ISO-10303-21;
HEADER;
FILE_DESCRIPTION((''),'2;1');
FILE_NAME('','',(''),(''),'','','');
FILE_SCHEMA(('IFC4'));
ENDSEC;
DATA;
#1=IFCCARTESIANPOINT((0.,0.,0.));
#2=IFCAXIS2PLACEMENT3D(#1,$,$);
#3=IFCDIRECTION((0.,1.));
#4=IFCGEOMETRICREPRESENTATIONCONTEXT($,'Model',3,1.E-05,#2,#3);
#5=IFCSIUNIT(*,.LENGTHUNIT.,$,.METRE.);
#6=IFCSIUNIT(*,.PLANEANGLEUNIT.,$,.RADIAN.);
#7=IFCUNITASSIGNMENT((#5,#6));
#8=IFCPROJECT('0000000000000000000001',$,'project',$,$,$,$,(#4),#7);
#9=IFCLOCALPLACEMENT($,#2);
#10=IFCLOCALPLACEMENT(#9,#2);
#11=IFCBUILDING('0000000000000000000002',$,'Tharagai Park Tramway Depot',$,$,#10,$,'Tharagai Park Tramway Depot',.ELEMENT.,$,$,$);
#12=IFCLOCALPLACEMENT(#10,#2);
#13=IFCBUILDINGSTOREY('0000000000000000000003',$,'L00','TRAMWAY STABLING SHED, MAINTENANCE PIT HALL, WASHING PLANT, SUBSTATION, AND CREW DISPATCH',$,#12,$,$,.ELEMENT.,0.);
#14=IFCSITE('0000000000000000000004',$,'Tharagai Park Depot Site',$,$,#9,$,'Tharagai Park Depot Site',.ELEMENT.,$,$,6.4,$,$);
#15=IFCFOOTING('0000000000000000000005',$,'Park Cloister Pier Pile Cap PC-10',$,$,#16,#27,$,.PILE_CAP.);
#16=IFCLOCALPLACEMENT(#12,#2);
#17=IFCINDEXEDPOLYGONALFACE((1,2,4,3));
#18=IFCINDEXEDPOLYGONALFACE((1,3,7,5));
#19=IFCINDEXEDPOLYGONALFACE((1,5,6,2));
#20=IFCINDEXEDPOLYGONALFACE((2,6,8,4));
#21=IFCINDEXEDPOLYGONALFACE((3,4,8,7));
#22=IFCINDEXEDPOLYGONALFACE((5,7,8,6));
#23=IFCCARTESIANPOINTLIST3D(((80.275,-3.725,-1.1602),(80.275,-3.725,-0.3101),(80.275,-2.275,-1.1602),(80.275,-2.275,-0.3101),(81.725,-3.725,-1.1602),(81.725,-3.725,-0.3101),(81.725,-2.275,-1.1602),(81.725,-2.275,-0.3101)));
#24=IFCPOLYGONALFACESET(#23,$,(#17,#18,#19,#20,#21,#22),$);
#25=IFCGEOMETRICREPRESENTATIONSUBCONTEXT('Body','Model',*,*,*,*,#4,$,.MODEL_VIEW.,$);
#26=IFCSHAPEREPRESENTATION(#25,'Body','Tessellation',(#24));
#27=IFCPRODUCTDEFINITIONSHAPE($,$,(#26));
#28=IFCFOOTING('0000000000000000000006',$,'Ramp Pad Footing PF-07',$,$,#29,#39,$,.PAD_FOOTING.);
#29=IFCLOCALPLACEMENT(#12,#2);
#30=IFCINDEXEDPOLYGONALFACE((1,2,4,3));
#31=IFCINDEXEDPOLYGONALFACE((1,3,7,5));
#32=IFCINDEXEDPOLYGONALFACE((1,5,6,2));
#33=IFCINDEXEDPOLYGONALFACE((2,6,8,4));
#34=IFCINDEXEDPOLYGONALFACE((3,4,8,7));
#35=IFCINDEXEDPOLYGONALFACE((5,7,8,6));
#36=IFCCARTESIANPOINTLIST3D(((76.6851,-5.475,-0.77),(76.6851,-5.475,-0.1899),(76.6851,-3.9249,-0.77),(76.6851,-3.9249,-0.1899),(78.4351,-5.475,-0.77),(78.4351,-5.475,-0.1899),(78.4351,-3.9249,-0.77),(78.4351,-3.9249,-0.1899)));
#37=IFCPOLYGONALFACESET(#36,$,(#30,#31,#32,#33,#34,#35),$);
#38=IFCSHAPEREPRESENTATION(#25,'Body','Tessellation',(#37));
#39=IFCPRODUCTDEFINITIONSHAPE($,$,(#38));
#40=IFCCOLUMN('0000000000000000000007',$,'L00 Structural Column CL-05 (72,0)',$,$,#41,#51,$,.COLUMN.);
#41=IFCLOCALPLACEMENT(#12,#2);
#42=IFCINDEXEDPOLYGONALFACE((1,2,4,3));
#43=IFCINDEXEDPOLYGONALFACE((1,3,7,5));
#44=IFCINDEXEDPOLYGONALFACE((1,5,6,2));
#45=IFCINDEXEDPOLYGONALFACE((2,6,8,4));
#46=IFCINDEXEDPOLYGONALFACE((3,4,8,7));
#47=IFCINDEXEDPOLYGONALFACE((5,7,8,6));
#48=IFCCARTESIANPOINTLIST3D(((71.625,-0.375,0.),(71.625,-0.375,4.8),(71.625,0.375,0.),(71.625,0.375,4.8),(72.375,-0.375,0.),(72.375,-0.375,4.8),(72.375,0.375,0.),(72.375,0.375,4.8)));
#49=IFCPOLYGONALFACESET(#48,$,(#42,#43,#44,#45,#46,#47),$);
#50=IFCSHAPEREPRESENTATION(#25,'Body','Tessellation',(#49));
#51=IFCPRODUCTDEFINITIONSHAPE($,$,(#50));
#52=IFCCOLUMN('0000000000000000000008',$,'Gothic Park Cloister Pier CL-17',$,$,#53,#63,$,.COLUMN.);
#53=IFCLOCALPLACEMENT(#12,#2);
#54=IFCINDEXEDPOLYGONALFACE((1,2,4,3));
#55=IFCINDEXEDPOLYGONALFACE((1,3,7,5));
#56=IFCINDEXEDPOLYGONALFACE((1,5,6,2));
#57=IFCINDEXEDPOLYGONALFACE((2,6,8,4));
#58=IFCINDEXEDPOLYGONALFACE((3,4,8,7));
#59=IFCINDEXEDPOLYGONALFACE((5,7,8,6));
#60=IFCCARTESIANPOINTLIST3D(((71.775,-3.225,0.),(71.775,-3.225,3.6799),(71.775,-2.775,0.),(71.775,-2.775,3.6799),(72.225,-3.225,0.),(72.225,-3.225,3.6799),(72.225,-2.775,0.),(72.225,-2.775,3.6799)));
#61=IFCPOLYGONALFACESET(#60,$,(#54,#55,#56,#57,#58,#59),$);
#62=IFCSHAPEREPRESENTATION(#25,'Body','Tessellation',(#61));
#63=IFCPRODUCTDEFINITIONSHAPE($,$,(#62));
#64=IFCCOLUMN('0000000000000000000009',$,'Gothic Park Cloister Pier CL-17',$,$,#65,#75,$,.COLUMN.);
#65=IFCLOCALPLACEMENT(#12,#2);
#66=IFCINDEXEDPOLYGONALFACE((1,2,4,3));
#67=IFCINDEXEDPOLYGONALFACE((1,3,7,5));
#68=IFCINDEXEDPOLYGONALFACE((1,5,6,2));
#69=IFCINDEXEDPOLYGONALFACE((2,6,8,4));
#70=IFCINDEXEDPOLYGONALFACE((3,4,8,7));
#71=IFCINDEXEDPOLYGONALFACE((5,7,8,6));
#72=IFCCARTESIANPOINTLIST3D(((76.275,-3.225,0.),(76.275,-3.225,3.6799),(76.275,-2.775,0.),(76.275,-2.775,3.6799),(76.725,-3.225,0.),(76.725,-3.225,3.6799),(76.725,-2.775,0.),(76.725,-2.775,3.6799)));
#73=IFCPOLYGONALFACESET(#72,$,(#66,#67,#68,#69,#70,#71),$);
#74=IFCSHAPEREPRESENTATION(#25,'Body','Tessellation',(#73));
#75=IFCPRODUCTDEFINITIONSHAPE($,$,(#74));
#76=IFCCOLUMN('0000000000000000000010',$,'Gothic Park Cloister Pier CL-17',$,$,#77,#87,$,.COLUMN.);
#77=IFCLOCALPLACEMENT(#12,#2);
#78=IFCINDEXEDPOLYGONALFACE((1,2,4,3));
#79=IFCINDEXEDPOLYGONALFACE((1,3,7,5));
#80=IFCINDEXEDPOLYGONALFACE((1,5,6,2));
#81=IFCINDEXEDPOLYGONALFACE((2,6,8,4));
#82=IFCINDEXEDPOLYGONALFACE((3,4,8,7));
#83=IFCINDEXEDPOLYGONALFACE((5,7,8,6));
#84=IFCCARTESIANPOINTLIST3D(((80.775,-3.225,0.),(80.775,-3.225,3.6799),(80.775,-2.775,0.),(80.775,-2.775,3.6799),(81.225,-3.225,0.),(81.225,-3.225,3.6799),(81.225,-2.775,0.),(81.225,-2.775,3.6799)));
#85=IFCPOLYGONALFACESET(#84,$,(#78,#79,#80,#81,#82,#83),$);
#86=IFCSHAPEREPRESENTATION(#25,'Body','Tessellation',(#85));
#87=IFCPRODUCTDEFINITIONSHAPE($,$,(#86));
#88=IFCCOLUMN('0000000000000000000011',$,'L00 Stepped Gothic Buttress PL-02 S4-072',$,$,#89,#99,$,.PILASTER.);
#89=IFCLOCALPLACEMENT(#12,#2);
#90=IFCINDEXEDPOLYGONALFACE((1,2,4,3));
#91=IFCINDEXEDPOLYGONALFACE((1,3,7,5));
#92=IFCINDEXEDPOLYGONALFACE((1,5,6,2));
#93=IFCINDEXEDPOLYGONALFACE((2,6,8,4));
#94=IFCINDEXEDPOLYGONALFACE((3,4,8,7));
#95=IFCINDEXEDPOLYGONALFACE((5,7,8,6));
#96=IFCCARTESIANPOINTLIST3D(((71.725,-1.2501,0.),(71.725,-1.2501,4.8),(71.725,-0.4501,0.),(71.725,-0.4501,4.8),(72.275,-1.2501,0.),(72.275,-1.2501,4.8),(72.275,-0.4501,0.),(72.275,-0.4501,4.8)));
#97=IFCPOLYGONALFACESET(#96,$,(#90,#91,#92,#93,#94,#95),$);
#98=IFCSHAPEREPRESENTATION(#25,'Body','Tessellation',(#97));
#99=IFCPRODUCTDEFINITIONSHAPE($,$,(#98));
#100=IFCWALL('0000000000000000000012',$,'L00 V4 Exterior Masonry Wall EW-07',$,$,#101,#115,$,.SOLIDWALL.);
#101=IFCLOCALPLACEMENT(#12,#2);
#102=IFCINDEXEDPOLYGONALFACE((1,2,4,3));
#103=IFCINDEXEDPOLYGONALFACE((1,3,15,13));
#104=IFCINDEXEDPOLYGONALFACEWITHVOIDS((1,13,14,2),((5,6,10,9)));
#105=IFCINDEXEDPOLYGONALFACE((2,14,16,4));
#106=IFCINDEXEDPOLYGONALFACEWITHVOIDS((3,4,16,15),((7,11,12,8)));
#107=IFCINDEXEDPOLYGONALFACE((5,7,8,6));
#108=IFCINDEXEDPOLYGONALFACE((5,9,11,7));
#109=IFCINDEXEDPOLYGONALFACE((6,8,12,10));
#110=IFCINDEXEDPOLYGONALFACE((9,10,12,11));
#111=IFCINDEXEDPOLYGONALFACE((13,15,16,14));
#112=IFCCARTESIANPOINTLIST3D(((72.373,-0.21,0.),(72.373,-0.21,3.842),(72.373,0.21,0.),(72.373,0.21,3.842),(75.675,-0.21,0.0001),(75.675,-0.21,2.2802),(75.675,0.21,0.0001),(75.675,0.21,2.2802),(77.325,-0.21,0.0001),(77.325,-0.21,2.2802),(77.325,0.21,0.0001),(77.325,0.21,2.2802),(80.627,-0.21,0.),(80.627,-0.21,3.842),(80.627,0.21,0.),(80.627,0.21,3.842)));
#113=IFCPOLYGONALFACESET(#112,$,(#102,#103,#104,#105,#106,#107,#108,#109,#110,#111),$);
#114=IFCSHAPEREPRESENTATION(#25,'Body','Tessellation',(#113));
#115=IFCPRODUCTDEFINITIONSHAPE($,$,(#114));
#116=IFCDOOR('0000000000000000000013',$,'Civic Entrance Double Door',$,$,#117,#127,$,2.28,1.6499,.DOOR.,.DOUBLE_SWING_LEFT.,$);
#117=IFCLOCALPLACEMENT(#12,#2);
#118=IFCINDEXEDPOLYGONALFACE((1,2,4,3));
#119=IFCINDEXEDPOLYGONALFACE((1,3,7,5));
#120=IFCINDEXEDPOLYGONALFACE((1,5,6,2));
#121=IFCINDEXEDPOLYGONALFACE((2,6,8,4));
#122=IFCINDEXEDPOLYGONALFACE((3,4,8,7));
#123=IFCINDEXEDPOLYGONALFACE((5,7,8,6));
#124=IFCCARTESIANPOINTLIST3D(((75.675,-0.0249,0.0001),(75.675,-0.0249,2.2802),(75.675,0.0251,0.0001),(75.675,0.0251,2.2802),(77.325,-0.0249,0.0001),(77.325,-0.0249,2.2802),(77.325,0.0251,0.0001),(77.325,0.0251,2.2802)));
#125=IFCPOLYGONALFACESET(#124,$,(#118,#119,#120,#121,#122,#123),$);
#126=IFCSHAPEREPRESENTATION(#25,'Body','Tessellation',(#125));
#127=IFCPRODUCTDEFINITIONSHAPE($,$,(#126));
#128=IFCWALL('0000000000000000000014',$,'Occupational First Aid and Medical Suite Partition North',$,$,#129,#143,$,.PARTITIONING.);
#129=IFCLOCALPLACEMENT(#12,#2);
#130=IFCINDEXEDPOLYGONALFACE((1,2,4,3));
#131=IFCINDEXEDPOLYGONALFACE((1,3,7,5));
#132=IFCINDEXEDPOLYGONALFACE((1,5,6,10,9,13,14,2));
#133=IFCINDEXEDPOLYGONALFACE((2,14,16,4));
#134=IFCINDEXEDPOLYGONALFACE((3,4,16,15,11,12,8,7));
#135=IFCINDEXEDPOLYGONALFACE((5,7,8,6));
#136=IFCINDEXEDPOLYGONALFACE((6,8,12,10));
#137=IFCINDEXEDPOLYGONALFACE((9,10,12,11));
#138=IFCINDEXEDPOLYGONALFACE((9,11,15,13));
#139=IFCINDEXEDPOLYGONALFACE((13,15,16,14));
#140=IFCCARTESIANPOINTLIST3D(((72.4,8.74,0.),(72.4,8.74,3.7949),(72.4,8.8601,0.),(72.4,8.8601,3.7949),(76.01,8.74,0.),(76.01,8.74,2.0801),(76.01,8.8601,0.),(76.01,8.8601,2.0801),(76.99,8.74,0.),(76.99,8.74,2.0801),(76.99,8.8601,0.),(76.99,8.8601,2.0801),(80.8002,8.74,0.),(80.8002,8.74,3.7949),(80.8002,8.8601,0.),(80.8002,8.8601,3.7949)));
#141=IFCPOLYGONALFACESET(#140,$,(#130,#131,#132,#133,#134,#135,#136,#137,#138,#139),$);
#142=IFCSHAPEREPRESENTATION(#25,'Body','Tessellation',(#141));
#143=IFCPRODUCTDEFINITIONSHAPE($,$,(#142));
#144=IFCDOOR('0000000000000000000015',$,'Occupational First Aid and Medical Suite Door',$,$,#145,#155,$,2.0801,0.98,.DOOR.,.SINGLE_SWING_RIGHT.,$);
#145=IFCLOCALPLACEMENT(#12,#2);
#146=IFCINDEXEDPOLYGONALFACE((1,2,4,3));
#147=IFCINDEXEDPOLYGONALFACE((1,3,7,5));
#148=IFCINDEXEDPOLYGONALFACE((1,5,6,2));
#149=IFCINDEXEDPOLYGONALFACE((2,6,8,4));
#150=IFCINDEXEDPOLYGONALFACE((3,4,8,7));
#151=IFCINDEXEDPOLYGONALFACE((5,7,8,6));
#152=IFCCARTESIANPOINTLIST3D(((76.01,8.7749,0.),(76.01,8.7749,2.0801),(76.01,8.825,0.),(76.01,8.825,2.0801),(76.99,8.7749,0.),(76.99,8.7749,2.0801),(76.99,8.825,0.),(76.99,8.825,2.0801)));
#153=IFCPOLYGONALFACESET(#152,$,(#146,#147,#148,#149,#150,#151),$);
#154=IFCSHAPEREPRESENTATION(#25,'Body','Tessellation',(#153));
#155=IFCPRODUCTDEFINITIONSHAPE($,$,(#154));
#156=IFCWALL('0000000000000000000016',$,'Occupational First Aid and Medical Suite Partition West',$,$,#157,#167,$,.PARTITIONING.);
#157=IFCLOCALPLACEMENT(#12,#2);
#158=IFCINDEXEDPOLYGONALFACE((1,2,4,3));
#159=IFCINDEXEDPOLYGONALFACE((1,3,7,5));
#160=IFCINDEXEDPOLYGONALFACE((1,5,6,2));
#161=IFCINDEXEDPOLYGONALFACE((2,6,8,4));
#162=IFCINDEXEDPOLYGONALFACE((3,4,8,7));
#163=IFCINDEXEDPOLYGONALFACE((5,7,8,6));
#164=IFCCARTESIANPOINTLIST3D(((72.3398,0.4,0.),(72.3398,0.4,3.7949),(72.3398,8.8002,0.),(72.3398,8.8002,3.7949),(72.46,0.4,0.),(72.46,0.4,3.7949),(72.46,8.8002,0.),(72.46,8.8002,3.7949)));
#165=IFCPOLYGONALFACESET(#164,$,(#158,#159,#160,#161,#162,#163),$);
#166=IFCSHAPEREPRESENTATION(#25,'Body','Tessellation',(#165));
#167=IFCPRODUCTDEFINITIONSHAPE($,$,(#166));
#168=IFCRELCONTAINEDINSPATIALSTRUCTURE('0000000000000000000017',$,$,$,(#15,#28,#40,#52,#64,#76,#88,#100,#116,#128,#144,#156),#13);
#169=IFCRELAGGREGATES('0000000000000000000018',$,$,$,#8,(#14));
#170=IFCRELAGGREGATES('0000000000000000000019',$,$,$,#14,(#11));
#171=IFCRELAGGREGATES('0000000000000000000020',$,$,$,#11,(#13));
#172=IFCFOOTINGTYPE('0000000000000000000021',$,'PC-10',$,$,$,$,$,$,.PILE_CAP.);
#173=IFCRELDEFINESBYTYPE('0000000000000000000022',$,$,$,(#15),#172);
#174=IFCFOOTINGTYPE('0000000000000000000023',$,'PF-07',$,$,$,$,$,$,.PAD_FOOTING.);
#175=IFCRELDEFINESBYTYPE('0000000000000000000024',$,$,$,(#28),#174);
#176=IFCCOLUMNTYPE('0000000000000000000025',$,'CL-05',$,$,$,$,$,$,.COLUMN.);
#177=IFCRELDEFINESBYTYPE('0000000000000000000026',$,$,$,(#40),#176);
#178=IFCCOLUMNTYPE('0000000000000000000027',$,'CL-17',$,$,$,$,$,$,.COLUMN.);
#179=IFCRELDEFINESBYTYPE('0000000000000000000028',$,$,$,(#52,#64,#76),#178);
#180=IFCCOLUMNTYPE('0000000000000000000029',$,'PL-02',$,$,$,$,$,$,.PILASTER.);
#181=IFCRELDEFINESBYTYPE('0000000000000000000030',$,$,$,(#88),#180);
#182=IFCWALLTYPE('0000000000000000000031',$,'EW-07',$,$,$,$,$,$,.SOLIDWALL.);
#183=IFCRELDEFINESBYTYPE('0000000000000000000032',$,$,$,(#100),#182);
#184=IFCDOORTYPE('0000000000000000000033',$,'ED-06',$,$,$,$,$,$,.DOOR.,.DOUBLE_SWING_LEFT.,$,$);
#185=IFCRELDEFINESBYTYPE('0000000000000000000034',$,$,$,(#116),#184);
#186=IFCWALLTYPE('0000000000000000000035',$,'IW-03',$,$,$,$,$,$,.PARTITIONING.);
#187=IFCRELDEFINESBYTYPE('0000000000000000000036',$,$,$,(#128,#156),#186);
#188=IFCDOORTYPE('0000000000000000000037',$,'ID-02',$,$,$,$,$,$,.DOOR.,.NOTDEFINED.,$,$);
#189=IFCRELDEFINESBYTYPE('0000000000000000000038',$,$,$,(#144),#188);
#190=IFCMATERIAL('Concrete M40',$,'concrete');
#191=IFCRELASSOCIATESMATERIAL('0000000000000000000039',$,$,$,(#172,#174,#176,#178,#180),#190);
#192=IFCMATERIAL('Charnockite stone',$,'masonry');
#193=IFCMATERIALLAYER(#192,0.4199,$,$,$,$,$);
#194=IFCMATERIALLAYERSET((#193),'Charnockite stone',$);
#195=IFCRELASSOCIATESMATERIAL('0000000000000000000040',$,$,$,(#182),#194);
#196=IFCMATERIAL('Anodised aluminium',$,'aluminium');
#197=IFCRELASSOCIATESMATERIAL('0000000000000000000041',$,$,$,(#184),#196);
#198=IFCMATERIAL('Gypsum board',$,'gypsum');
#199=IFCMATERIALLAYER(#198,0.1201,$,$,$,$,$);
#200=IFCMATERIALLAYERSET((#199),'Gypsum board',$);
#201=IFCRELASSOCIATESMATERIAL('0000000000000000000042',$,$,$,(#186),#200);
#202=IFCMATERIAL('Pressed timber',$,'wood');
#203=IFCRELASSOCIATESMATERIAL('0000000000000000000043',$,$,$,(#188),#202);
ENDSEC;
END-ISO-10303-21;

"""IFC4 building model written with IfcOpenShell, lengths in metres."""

from ifc_helpers import new_model, si_unit, direction, frame, frame_2d, origin, origin_2d, place, context, subcontext, project, spatial, rectangle, extrude, material, layer, layer_set, material_profile, profile_set, type_object, element, fill, save


model = new_model("IFC4")

# Units and contexts
model_context = context("Model", 3, precision=1e-05, world=origin(), true_north=direction((0.0, 1.0)))
body_context = subcontext(model_context, "Body", "Model", "MODEL_VIEW")
ifc_project = project(units=[si_unit("LENGTHUNIT", "METRE"), si_unit("PLANEANGLEUNIT", "RADIAN")], contexts=[model_context])

# Site, building, storey
site_placement = place(None, origin())
site = spatial("IfcSite", under=ifc_project, at=site_placement, Name="Tharagai Park Depot Site", LongName="Tharagai Park Depot Site", CompositionType="ELEMENT", RefElevation=6.4)
building_placement = place(site_placement, origin())
building = spatial("IfcBuilding", under=site, at=building_placement, Name="Tharagai Park Tramway Depot", LongName="Tharagai Park Tramway Depot", CompositionType="ELEMENT")
storey_placement = place(building_placement, origin())
storey = spatial("IfcBuildingStorey", under=building, at=storey_placement, Name="L00", Description="TRAMWAY STABLING SHED, MAINTENANCE PIT HALL, WASHING PLANT, SUBSTATION, AND CREW DISPATCH", CompositionType="ELEMENT", Elevation=0.0)

# Shared definitions
ifc_material_1 = material(Name="Concrete M40", Category="concrete")

# Footings
footing_type_1 = type_object("IfcFootingType", Name="PC-10", PredefinedType="PILE_CAP", material=ifc_material_1)
for number, where, z_axis, x_axis, name in (
    (1, (81.0, -3.0, -1.1602), (0.0, 0.0, 1.0), (1.0, 0.0, 0.0), "Park Cloister Pier Pile Cap PC-10"),
):
    element("IfcFooting", number, at=place(storey_placement, frame(where, z_axis=z_axis, x_axis=x_axis)), inside=storey, type_object=footing_type_1, Name=name, PredefinedType="PILE_CAP", context=body_context, shape_type="SweptSolid", body=[
        extrude(rectangle(XDim=1.45, YDim=1.45, at=origin_2d()), origin(), (0.0, 0.0, 1.0), 0.8501),
    ])
footing_type_2 = type_object("IfcFootingType", Name="PF-07", PredefinedType="PAD_FOOTING", material=ifc_material_1)
footing_1_placement = place(storey_placement, frame((77.5601, -4.7, -0.77), z_axis=(0.0, 0.0, 1.0), x_axis=(1.0, 0.0, 0.0)))
element("IfcFooting", 2, at=footing_1_placement, inside=storey, type_object=footing_type_2, Name="Ramp Pad Footing PF-07", PredefinedType="PAD_FOOTING", context=body_context, shape_type="SweptSolid", body=[
    extrude(rectangle(XDim=1.75, YDim=1.55, at=origin_2d()), origin(), (0.0, 0.0, 1.0), 0.5801),
])

# Columns
ifc_material_profile_1 = material_profile(ifc_material_1, rectangle(XDim=0.75, YDim=0.75, at=origin_2d()), Name="RC 750x750")
ifc_profile_set_1 = profile_set([ifc_material_profile_1], Name="Concrete M40")
column_type_1 = type_object("IfcColumnType", Name="CL-05", PredefinedType="COLUMN", material=ifc_profile_set_1)
column_1_placement = place(storey_placement, frame((72.0, 0.0, 0.0), z_axis=(0.0, 0.0, 1.0), x_axis=(1.0, 0.0, 0.0)))
element("IfcColumn", 3, at=column_1_placement, inside=storey, type_object=column_type_1, Name="L00 Structural Column CL-05 (72,0)", PredefinedType="COLUMN", context=body_context, shape_type="SweptSolid", body=[
    extrude(rectangle(XDim=0.75, YDim=0.75, at=origin_2d()), origin(), (0.0, 0.0, 1.0), 4.8),
])
ifc_material_profile_2 = material_profile(ifc_material_1, rectangle(XDim=0.45, YDim=0.45, at=origin_2d()), Name="RC 450x450")
ifc_profile_set_2 = profile_set([ifc_material_profile_2], Name="Concrete M40")
column_type_2 = type_object("IfcColumnType", Name="CL-17", PredefinedType="COLUMN", material=ifc_profile_set_2)
for number, where, z_axis, x_axis, name in (
    (4, (72.0, -3.0, 0.0), (0.0, 0.0, 1.0), (1.0, 0.0, 0.0), "Gothic Park Cloister Pier CL-17"),
    (5, (76.5, -3.0, 0.0), (0.0, 0.0, 1.0), (1.0, 0.0, 0.0), "Gothic Park Cloister Pier CL-17"),
    (6, (81.0, -3.0, 0.0), (0.0, 0.0, 1.0), (1.0, 0.0, 0.0), "Gothic Park Cloister Pier CL-17"),
):
    element("IfcColumn", number, at=place(storey_placement, frame(where, z_axis=z_axis, x_axis=x_axis)), inside=storey, type_object=column_type_2, Name=name, PredefinedType="COLUMN", context=body_context, shape_type="SweptSolid", body=[
        extrude(rectangle(XDim=0.45, YDim=0.45, at=origin_2d()), origin(), (0.0, 0.0, 1.0), 3.6799),
    ])
ifc_material_profile_3 = material_profile(ifc_material_1, rectangle(XDim=0.55, YDim=0.8, at=origin_2d()), Name="RC 550x800")
ifc_profile_set_3 = profile_set([ifc_material_profile_3], Name="Concrete M40")
column_type_3 = type_object("IfcColumnType", Name="PL-02", PredefinedType="PILASTER", material=ifc_profile_set_3)
column_2_placement = place(storey_placement, frame((72.0, -0.8501, 0.0), z_axis=(0.0, 0.0, 1.0), x_axis=(1.0, 0.0, 0.0)))
element("IfcColumn", 7, at=column_2_placement, inside=storey, type_object=column_type_3, Name="L00 Stepped Gothic Buttress PL-02 S4-072", PredefinedType="PILASTER", context=body_context, shape_type="SweptSolid", body=[
    extrude(rectangle(XDim=0.55, YDim=0.8, at=origin_2d()), origin(), (0.0, 0.0, 1.0), 4.8),
])

# Walls, openings, doors
ifc_material_2 = material(Name="Charnockite stone", Category="masonry")
ifc_layer_1 = layer(ifc_material_2, 0.4199)
ifc_layer_set_1 = layer_set([ifc_layer_1], Name="Charnockite stone")
wall_type_1 = type_object("IfcWallType", Name="EW-07", PredefinedType="SOLIDWALL", material=ifc_layer_set_1)
wall_1_placement = place(storey_placement, frame((72.373, 0.0, 0.0), z_axis=(0.0, 0.0, 1.0), x_axis=(1.0, 0.0, 0.0)))
wall_1 = element("IfcWall", 8, at=wall_1_placement, inside=storey, type_object=wall_type_1, Name="L00 V4 Exterior Masonry Wall EW-07", PredefinedType="SOLIDWALL", context=body_context, shape_type="SweptSolid", body=[
    extrude(rectangle(XDim=8.2539, YDim=0.4199, at=frame_2d((4.127, 0.0))), origin(), (0.0, 0.0, 1.0), 3.842),
])
opening_1_placement = place(wall_1_placement, frame((3.302, 0.0, 0.0)))
opening_1 = element("IfcOpeningElement", 9, at=opening_1_placement, cuts=wall_1, PredefinedType="OPENING", context=body_context, shape_type="SweptSolid", body=[
    extrude(rectangle(XDim=1.6499, YDim=2.28, at=frame_2d((0.825, 1.1401))), frame((0.0, 0.22, 0.0), z_axis=(0.0, -1.0, 0.0), x_axis=(1.0, 0.0, 0.0)), (0.0, 0.0, 1.0), 0.4399),
])
ifc_material_3 = material(Name="Anodised aluminium", Category="aluminium")
door_type_1 = type_object("IfcDoorType", Name="ED-06", OperationType="DOUBLE_SWING_LEFT", PredefinedType="DOOR", material=ifc_material_3)
door_1_placement = place(opening_1_placement, frame((1.6499, 0.0, 0.0), z_axis=(0.0, 0.0, 1.0), x_axis=(-1.0, 0.0, 0.0)))
door_1 = element("IfcDoor", 10, at=door_1_placement, inside=storey, type_object=door_type_1, Name="Civic Entrance Double Door", OperationType="DOUBLE_SWING_LEFT", OverallHeight=2.28, OverallWidth=1.6499, PredefinedType="DOOR", context=body_context, shape_type="SweptSolid", body=[
    extrude(rectangle(XDim=1.6499, YDim=2.28, at=frame_2d((0.825, 1.1401))), frame((0.0, 0.0249, 0.0), z_axis=(0.0, -1.0, 0.0), x_axis=(1.0, 0.0, 0.0)), (0.0, 0.0, 1.0), 0.05),
])
fill(opening_1, door_1)
ifc_material_4 = material(Name="Gypsum board", Category="gypsum")
ifc_layer_2 = layer(ifc_material_4, 0.1201)
ifc_layer_set_2 = layer_set([ifc_layer_2], Name="Gypsum board")
wall_type_2 = type_object("IfcWallType", Name="IW-03", PredefinedType="PARTITIONING", material=ifc_layer_set_2)
wall_2_placement = place(storey_placement, frame((72.3999, 8.8, 0.0), z_axis=(0.0, 0.0, 1.0), x_axis=(1.0, 0.0, 0.0)))
wall_2 = element("IfcWall", 11, at=wall_2_placement, inside=storey, type_object=wall_type_2, Name="Occupational First Aid and Medical Suite Partition North", PredefinedType="PARTITIONING", context=body_context, shape_type="SweptSolid", body=[
    extrude(rectangle(XDim=8.4001, YDim=0.1201, at=frame_2d((4.2002, 0.0))), origin(), (0.0, 0.0, 1.0), 3.7949),
])
opening_2_placement = place(wall_2_placement, frame((3.6101, 0.0, 0.0)))
opening_2 = element("IfcOpeningElement", 12, at=opening_2_placement, cuts=wall_2, PredefinedType="OPENING", context=body_context, shape_type="SweptSolid", body=[
    extrude(rectangle(XDim=0.98, YDim=2.0801, at=frame_2d((0.49, 1.04))), frame((0.0, 0.0701, 0.0), z_axis=(0.0, -1.0, 0.0), x_axis=(1.0, 0.0, 0.0)), (0.0, 0.0, 1.0), 0.1401),
])
ifc_material_5 = material(Name="Pressed timber", Category="wood")
door_type_2 = type_object("IfcDoorType", Name="ID-02", OperationType="NOTDEFINED", PredefinedType="DOOR", material=ifc_material_5)
door_2_placement = place(opening_2_placement, origin())
door_2 = element("IfcDoor", 13, at=door_2_placement, inside=storey, type_object=door_type_2, Name="Occupational First Aid and Medical Suite Door", OperationType="SINGLE_SWING_RIGHT", OverallHeight=2.0801, OverallWidth=0.98, PredefinedType="DOOR", context=body_context, shape_type="SweptSolid", body=[
    extrude(rectangle(XDim=0.98, YDim=2.0801, at=frame_2d((0.49, 1.04))), frame((0.0, 0.0249, 0.0), z_axis=(0.0, -1.0, 0.0), x_axis=(1.0, 0.0, 0.0)), (0.0, 0.0, 1.0), 0.05),
])
fill(opening_2, door_2)

# Wall
wall_3_placement = place(storey_placement, frame((72.3999, 0.3999, 0.0), z_axis=(0.0, 0.0, 1.0), x_axis=(0.0, 1.0, 0.0)))
element("IfcWall", 14, at=wall_3_placement, inside=storey, type_object=wall_type_2, Name="Occupational First Aid and Medical Suite Partition West", PredefinedType="PARTITIONING", context=body_context, shape_type="SweptSolid", body=[
    extrude(rectangle(XDim=8.4001, YDim=0.1201, at=frame_2d((4.2002, 0.0))), origin(), (0.0, 0.0, 1.0), 3.7949),
])

save(model, "model.ifc")
